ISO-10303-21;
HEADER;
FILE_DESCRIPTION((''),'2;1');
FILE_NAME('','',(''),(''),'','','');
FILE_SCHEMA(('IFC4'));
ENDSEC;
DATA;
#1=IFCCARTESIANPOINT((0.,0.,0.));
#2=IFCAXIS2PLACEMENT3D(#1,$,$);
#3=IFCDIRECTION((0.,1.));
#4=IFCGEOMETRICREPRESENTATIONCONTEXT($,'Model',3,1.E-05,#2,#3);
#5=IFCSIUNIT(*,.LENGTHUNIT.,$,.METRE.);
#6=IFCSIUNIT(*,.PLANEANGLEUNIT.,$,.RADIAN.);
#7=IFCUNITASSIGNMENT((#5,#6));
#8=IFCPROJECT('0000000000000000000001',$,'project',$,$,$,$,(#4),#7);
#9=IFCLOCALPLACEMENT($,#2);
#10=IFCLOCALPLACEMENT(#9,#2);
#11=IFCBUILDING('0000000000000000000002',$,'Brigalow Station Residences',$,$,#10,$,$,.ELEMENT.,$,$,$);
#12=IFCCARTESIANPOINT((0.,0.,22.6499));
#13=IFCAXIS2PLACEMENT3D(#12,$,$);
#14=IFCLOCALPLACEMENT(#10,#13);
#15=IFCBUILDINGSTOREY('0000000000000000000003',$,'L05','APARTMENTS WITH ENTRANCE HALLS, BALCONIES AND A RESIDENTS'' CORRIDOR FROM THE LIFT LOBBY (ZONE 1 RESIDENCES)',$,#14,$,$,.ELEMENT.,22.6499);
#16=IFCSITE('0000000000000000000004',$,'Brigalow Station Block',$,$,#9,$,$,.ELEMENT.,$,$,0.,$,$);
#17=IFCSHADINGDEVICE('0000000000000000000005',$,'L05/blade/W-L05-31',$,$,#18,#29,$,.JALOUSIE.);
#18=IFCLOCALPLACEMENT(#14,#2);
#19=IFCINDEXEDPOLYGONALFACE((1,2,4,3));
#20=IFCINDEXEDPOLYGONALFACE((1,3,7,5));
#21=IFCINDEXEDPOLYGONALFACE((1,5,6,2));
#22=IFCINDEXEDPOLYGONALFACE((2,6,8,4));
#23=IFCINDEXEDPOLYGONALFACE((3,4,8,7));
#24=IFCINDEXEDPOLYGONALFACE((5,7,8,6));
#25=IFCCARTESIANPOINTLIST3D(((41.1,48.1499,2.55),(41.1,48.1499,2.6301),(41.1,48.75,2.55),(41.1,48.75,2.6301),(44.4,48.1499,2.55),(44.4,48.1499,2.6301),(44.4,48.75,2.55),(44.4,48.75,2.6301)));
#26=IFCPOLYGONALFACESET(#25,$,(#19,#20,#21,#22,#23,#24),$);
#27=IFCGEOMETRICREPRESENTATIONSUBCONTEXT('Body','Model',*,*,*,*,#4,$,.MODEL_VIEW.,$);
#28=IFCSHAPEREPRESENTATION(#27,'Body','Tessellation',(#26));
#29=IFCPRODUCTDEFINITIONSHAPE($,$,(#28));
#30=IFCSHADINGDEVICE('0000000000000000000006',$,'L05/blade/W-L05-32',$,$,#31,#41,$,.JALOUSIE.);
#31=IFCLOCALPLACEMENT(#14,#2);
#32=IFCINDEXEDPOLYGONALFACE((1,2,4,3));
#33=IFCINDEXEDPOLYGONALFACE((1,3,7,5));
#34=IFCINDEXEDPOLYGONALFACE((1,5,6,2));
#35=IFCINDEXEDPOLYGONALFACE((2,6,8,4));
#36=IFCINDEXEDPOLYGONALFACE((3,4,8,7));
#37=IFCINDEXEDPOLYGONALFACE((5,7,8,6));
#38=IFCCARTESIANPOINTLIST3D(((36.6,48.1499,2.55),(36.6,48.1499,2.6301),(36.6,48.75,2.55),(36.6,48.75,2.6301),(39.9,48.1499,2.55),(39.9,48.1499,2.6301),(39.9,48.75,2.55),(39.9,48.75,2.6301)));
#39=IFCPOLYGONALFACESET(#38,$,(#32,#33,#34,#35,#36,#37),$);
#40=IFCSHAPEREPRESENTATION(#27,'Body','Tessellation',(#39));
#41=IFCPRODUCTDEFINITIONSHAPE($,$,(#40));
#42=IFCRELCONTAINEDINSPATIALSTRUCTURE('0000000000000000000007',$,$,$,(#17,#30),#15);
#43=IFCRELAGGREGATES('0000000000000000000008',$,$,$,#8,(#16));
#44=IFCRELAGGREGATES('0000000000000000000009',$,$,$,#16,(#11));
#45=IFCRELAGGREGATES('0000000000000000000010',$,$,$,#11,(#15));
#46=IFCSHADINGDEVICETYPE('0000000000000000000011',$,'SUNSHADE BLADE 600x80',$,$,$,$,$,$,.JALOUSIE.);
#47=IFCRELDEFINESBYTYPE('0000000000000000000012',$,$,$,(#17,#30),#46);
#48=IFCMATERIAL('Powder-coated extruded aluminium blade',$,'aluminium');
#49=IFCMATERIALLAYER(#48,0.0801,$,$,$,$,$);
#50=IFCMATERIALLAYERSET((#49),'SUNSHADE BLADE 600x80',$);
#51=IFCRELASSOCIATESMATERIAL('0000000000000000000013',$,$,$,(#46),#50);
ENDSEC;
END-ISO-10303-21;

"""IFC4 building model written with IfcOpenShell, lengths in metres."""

from ifc_helpers import new_model, si_unit, direction, frame, origin, origin_2d, place, context, subcontext, project, spatial, rectangle, extrude, material, layer, layer_set, type_object, element, save


model = new_model("IFC4")

# Units and contexts
model_context = context("Model", 3, precision=1e-05, world=origin(), true_north=direction((0.0, 1.0)))
body_context = subcontext(model_context, "Body", "Model", "MODEL_VIEW")
ifc_project = project(units=[si_unit("LENGTHUNIT", "METRE"), si_unit("PLANEANGLEUNIT", "RADIAN")], contexts=[model_context])

# Site, building, storey
site_placement = place(None, origin())
site = spatial("IfcSite", under=ifc_project, at=site_placement, Name="Brigalow Station Block", CompositionType="ELEMENT", RefElevation=0.0)
building_placement = place(site_placement, origin())
building = spatial("IfcBuilding", under=site, at=building_placement, Name="Brigalow Station Residences", CompositionType="ELEMENT")
storey_placement = place(building_placement, frame((0.0, 0.0, 22.6499)))
storey = spatial("IfcBuildingStorey", under=building, at=storey_placement, Name="L05", Description="APARTMENTS WITH ENTRANCE HALLS, BALCONIES AND A RESIDENTS' CORRIDOR FROM THE LIFT LOBBY (ZONE 1 RESIDENCES)", CompositionType="ELEMENT", Elevation=22.6499)

# Shading devices
ifc_material_1 = material(Name="Powder-coated extruded aluminium blade", Category="aluminium")
ifc_layer_1 = layer(ifc_material_1, 0.0801)
ifc_layer_set_1 = layer_set([ifc_layer_1], Name="SUNSHADE BLADE 600x80")
shading_device_type = type_object("IfcShadingDeviceType", Name="SUNSHADE BLADE 600x80", PredefinedType="JALOUSIE", material=ifc_layer_set_1)
for number, where, z_axis, x_axis, name in (
    (1, (42.75, 48.45, 2.55), (0.0, 0.0, 1.0), (-1.0, 0.0, 0.0), "L05/blade/W-L05-31"),
    (2, (38.25, 48.45, 2.55), (0.0, 0.0, 1.0), (-1.0, 0.0, 0.0), "L05/blade/W-L05-32"),
):
    element("IfcShadingDevice", number, at=place(storey_placement, frame(where, z_axis=z_axis, x_axis=x_axis)), inside=storey, type_object=shading_device_type, Name=name, PredefinedType="JALOUSIE", context=body_context, shape_type="SweptSolid", body=[
        extrude(rectangle(XDim=3.3, YDim=0.6001, at=origin_2d()), origin(), (0.0, 0.0, 1.0), 0.0801),
    ])

save(model, "model.ifc")
